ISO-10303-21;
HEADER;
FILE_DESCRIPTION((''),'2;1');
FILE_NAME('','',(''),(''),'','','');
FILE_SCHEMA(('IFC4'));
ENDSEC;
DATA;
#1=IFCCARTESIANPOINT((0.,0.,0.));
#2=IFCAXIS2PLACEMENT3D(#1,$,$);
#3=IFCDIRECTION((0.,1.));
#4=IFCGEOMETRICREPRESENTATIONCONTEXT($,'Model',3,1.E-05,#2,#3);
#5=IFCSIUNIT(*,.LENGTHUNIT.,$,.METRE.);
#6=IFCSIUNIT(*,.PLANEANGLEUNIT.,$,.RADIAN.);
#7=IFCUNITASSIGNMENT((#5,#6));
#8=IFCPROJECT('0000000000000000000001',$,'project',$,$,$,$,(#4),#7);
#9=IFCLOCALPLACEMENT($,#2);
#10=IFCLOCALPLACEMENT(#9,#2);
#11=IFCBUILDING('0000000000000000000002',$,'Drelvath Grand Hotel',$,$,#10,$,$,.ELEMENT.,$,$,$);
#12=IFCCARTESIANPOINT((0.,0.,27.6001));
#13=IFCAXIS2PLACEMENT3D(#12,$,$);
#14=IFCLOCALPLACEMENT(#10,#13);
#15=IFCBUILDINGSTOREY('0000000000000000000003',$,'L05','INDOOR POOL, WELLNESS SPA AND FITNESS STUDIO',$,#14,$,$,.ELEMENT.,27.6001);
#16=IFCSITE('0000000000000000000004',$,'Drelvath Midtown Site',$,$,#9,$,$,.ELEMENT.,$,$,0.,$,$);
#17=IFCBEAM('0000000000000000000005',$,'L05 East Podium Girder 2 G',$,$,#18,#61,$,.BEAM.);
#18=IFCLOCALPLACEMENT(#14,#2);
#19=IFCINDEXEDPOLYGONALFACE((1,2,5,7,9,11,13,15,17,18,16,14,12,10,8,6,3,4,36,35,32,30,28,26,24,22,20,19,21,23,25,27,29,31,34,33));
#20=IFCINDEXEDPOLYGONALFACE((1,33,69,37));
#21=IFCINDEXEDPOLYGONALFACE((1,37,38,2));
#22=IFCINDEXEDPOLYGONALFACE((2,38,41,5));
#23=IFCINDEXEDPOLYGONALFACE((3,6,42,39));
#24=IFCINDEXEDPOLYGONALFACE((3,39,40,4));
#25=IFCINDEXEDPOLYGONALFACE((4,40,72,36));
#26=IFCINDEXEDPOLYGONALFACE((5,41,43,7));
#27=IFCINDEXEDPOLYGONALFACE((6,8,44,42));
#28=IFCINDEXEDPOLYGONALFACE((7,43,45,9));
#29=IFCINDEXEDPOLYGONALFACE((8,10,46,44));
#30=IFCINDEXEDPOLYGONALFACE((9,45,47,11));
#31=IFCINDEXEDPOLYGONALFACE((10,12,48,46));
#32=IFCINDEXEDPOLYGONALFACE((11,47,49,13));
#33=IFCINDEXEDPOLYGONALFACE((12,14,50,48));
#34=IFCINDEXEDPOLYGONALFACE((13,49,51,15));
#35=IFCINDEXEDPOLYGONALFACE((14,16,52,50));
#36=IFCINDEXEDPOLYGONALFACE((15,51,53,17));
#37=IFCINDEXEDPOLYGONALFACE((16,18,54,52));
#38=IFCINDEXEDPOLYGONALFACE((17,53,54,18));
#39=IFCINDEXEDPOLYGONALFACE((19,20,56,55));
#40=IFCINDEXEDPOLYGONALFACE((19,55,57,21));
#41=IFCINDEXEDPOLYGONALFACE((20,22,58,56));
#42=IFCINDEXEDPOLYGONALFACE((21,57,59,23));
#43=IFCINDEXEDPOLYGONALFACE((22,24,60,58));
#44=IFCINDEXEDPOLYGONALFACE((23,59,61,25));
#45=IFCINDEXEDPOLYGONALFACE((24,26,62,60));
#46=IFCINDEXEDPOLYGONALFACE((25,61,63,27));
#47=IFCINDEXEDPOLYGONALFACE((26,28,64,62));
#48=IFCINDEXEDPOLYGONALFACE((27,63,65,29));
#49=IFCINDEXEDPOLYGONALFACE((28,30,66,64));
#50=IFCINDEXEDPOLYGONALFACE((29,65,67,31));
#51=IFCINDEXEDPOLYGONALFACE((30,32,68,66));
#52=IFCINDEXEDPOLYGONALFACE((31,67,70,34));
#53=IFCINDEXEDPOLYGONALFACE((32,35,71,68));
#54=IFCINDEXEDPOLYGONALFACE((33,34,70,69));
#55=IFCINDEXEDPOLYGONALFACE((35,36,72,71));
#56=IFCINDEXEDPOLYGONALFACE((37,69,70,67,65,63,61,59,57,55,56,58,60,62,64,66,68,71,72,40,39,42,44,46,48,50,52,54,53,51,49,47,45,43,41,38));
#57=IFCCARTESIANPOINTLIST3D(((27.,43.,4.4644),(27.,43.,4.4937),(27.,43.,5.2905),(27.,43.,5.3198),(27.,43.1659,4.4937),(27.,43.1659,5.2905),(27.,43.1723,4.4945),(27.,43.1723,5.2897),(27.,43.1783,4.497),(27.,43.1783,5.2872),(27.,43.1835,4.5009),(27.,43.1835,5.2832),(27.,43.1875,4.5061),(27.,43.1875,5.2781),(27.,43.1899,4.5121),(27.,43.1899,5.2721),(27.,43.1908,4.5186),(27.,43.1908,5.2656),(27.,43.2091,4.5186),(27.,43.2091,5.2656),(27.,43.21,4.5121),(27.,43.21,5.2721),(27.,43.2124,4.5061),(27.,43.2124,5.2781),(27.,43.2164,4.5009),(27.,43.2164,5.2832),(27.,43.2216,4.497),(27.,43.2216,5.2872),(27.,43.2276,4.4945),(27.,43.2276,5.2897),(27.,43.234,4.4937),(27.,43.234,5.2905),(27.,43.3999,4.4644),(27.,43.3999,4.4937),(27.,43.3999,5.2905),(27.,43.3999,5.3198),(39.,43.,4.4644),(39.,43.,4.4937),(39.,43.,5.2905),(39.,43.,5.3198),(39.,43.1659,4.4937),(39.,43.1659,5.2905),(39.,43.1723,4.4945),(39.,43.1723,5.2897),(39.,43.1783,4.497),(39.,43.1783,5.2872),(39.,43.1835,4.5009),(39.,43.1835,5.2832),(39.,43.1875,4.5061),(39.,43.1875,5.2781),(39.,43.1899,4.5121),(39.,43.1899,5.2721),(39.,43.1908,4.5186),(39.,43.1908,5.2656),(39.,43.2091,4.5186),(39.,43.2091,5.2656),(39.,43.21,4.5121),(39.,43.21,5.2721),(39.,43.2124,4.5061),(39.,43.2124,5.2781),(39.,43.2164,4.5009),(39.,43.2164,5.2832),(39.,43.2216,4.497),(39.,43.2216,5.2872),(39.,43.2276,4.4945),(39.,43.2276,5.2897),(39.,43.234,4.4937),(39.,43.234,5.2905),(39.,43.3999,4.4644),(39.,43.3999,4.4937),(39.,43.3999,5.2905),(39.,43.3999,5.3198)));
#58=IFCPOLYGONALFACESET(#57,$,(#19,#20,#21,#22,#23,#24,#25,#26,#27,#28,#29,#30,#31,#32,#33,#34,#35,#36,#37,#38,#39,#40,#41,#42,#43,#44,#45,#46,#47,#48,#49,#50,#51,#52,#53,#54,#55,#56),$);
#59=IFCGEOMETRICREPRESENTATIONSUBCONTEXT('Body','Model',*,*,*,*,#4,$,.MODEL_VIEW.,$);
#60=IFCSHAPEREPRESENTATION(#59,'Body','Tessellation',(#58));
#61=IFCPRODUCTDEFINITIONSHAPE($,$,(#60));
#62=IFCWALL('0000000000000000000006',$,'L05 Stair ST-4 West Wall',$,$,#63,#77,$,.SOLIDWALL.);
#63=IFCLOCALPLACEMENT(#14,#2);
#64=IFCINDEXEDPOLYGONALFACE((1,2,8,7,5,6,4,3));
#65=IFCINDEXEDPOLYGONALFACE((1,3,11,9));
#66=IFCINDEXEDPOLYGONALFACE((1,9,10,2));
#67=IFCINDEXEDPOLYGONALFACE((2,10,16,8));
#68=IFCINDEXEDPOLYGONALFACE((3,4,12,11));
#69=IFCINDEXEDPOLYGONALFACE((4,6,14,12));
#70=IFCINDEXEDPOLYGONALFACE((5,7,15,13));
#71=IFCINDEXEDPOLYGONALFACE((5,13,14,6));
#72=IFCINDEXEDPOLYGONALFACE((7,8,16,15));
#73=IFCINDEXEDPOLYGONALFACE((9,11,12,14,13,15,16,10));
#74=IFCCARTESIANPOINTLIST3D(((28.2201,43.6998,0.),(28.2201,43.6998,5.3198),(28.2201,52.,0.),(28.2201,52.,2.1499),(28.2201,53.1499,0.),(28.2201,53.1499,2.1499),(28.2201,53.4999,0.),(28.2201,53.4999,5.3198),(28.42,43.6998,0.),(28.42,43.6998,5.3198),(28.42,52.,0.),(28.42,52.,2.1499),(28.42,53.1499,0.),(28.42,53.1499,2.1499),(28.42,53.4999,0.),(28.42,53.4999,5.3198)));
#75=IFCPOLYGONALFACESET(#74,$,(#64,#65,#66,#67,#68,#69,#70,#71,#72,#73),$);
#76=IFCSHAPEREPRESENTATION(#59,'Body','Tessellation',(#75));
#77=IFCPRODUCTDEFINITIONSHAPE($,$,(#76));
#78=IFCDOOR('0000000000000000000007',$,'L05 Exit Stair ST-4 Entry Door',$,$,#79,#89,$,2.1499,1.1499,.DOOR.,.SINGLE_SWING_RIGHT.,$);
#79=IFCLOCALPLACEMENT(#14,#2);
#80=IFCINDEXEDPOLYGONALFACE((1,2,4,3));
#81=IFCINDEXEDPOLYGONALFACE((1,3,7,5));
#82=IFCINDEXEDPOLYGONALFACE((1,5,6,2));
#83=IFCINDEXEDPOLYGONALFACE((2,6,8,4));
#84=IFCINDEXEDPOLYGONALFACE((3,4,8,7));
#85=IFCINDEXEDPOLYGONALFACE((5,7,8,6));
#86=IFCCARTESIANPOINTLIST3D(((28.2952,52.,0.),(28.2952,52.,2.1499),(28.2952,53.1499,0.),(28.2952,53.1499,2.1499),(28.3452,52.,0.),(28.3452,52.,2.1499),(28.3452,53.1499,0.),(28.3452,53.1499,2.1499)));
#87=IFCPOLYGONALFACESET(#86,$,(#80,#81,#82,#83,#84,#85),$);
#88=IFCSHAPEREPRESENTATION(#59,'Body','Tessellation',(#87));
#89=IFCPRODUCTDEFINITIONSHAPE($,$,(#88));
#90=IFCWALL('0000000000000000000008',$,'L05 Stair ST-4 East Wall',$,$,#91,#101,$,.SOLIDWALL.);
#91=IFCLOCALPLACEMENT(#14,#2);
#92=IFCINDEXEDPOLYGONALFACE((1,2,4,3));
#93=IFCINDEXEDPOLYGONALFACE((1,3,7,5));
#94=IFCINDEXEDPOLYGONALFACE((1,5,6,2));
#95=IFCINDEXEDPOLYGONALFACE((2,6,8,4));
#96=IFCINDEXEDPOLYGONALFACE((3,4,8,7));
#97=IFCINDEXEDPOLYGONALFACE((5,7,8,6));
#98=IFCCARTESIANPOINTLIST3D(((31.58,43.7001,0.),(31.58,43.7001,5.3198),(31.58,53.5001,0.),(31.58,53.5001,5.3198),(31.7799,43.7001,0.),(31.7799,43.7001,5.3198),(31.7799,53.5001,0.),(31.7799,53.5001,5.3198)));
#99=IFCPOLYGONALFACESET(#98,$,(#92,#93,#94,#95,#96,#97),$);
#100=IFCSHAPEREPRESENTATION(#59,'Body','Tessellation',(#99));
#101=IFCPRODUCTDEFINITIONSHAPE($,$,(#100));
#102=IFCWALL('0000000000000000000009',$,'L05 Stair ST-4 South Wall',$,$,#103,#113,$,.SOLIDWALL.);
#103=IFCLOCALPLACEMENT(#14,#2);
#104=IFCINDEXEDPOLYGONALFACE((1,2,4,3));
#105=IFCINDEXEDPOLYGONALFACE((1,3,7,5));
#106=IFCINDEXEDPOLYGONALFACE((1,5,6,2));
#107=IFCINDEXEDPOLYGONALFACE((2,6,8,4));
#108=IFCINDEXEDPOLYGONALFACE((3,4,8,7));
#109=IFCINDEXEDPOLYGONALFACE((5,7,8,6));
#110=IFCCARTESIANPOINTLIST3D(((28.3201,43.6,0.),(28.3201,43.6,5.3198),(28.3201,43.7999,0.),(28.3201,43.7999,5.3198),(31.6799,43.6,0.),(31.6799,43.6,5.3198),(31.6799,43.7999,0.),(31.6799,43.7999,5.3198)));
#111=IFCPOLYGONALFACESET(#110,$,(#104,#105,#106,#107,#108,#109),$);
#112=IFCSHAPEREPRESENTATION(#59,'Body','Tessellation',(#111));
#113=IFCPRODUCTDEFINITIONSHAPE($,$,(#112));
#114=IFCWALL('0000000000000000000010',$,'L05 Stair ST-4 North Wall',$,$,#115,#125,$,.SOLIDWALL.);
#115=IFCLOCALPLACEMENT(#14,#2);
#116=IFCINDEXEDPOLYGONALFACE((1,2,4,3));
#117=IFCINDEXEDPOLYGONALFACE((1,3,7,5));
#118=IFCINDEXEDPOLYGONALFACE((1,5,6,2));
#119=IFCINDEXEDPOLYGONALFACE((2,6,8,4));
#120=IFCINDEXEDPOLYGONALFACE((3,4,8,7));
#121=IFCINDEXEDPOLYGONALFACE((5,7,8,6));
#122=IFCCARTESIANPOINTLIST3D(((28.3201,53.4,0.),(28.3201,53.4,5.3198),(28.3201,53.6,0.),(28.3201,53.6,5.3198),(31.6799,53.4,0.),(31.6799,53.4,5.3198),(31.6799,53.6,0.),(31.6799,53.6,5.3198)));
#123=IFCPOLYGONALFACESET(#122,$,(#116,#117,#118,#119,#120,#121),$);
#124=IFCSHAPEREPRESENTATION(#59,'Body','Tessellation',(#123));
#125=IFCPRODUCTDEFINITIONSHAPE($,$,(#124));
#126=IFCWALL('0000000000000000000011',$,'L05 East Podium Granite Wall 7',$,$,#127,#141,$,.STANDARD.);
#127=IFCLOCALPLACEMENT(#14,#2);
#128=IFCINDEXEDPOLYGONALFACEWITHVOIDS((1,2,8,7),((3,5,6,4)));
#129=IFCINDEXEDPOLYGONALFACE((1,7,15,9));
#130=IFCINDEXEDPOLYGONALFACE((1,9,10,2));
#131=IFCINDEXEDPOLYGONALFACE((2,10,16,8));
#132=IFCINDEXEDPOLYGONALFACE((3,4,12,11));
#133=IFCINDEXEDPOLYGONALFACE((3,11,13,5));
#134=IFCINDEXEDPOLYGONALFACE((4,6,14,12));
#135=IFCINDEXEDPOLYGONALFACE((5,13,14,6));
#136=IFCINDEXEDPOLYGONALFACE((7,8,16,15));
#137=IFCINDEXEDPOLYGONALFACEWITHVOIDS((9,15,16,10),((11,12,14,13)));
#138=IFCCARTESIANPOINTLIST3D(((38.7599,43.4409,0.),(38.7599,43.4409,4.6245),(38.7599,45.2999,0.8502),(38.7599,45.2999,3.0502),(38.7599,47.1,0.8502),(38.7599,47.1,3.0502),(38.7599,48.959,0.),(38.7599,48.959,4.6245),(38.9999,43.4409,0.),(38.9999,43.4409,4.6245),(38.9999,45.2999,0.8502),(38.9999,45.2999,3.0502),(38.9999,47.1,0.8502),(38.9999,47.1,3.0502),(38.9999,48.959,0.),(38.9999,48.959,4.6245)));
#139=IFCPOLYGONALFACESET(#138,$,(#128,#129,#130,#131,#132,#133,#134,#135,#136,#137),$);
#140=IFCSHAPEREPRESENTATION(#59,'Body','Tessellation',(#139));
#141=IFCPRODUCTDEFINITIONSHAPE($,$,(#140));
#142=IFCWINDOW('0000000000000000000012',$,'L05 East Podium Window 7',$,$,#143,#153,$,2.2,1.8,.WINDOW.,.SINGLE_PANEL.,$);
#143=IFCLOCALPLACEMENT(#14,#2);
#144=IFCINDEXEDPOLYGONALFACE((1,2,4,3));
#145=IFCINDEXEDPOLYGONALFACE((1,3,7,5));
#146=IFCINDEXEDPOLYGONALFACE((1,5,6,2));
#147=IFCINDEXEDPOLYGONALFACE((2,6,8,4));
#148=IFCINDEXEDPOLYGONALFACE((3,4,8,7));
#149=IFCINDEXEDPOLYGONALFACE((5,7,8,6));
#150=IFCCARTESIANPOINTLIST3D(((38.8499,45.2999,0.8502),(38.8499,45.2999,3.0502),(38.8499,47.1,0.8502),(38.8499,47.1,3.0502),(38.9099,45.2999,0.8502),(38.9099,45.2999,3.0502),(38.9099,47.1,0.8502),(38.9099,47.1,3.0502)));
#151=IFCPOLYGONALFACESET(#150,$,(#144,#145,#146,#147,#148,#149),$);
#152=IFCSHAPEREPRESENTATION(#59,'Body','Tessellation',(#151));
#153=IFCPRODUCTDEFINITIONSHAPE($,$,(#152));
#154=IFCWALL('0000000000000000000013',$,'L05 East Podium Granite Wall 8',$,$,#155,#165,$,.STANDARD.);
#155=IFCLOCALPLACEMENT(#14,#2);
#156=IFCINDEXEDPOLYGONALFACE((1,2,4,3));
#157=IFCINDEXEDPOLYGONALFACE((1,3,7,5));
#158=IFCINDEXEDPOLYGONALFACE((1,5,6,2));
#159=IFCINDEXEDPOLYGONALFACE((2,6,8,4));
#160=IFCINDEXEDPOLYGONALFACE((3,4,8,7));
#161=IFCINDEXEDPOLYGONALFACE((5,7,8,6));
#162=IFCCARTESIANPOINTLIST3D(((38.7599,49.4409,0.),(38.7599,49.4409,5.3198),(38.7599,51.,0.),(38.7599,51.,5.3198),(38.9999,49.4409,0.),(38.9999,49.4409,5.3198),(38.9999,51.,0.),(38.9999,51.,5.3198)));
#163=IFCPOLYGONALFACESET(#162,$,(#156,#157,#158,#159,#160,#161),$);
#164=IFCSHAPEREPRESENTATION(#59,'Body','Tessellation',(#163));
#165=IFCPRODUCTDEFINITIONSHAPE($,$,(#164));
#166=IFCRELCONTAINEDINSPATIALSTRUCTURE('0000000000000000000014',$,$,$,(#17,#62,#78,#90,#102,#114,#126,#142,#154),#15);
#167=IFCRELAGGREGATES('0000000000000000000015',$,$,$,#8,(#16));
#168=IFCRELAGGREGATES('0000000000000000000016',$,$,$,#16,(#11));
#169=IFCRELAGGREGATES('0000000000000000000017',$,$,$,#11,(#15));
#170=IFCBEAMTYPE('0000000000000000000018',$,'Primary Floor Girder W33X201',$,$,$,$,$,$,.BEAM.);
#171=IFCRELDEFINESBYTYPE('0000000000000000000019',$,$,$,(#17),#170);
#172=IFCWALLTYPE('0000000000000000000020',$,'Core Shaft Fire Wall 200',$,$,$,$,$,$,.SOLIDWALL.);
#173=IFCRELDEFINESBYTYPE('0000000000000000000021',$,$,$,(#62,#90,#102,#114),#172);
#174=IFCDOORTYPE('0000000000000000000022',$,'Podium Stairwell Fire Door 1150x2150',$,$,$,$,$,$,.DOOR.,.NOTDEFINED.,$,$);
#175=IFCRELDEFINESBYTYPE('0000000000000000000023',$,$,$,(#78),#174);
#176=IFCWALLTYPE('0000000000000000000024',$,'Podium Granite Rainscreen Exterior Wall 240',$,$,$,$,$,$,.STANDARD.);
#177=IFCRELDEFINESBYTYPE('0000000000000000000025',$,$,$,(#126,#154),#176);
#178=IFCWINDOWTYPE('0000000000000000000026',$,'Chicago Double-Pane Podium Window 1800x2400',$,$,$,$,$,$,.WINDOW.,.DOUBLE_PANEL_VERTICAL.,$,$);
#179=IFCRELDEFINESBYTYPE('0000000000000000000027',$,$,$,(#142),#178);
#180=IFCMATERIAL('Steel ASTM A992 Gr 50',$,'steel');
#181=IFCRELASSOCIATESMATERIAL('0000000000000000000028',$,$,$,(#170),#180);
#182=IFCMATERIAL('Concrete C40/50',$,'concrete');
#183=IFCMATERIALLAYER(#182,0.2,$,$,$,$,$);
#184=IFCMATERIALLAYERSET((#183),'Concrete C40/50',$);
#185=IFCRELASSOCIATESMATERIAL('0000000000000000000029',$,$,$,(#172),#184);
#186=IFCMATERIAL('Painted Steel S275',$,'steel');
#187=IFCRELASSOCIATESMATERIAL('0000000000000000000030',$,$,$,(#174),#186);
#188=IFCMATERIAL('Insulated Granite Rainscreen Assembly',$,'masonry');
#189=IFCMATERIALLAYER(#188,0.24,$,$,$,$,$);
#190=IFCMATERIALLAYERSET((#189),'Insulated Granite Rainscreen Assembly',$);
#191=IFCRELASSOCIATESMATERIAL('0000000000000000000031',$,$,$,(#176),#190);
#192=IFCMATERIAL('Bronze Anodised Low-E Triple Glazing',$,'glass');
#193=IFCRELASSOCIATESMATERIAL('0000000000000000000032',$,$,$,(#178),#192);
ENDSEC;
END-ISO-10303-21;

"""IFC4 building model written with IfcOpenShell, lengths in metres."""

from ifc_helpers import new_model, si_unit, direction, frame, frame_2d, origin, origin_2d, place, context, subcontext, project, spatial, rectangle, i_section, extrude, material, layer, layer_set, material_profile, profile_set, type_object, element, fill, save


model = new_model("IFC4")

# Units and contexts
model_context = context("Model", 3, precision=1e-05, world=origin(), true_north=direction((0.0, 1.0)))
body_context = subcontext(model_context, "Body", "Model", "MODEL_VIEW")
ifc_project = project(units=[si_unit("LENGTHUNIT", "METRE"), si_unit("PLANEANGLEUNIT", "RADIAN")], contexts=[model_context])

# Site, building, storey
site_placement = place(None, origin())
site = spatial("IfcSite", under=ifc_project, at=site_placement, Name="Drelvath Midtown Site", CompositionType="ELEMENT", RefElevation=0.0)
building_placement = place(site_placement, origin())
building = spatial("IfcBuilding", under=site, at=building_placement, Name="Drelvath Grand Hotel", CompositionType="ELEMENT")
storey_placement = place(building_placement, frame((0.0, 0.0, 27.6001)))
storey = spatial("IfcBuildingStorey", under=building, at=storey_placement, Name="L05", Description="INDOOR POOL, WELLNESS SPA AND FITNESS STUDIO", CompositionType="ELEMENT", Elevation=27.6001)

# Beam
ifc_material_1 = material(Name="Steel ASTM A992 Gr 50", Category="steel")
ifc_material_profile_1 = material_profile(ifc_material_1, i_section(OverallWidth=0.3999, OverallDepth=0.8555, WebThickness=0.0183, FlangeThickness=0.0293, FilletRadius=0.0249, at=origin_2d()), Name="W33X201")
ifc_profile_set_1 = profile_set([ifc_material_profile_1], Name="Steel ASTM A992 Gr 50")
beam_type_1 = type_object("IfcBeamType", Name="Primary Floor Girder W33X201", PredefinedType="BEAM", material=ifc_profile_set_1)
beam_1_placement = place(storey_placement, frame((27.0, 43.2, 4.8921), z_axis=(1.0, 0.0, 0.0), x_axis=(0.0, 1.0, 0.0)))
element("IfcBeam", 1, at=beam_1_placement, inside=storey, type_object=beam_type_1, Name="L05 East Podium Girder 2 G", PredefinedType="BEAM", context=body_context, shape_type="SweptSolid", body=[
    extrude(i_section(OverallWidth=0.3999, OverallDepth=0.8555, WebThickness=0.0183, FlangeThickness=0.0293, FilletRadius=0.0249, at=origin_2d()), origin(), (0.0, 0.0, 1.0), 12.0),
])

# Wall, opening, door
ifc_material_2 = material(Name="Concrete C40/50", Category="concrete")
ifc_layer_1 = layer(ifc_material_2, 0.2)
ifc_layer_set_1 = layer_set([ifc_layer_1], Name="Concrete C40/50")
wall_type_1 = type_object("IfcWallType", Name="Core Shaft Fire Wall 200", PredefinedType="SOLIDWALL", material=ifc_layer_set_1)
wall_1_placement = place(storey_placement, frame((28.3201, 43.7, 0.0), z_axis=(0.0, 0.0, 1.0), x_axis=(0.0, 1.0, 0.0)))
wall_1 = element("IfcWall", 2, at=wall_1_placement, inside=storey, type_object=wall_type_1, Name="L05 Stair ST-4 West Wall", PredefinedType="SOLIDWALL", context=body_context, shape_type="SweptSolid", body=[
    extrude(rectangle(XDim=9.8, YDim=0.2, at=frame_2d((4.8999, 0.0))), origin(), (0.0, 0.0, 1.0), 5.3198),
])
opening_1_placement = place(wall_1_placement, frame((8.3, 0.0, 0.0)))
opening_1 = element("IfcOpeningElement", 3, at=opening_1_placement, cuts=wall_1, PredefinedType="OPENING", context=body_context, shape_type="SweptSolid", body=[
    extrude(rectangle(XDim=1.1499, YDim=2.1499, at=frame_2d((0.575, 1.075))), frame((0.0, 0.1099, 0.0), z_axis=(0.0, -1.0, 0.0), x_axis=(1.0, 0.0, 0.0)), (0.0, 0.0, 1.0), 0.22),
])
ifc_material_3 = material(Name="Painted Steel S275", Category="steel")
door_type = type_object("IfcDoorType", Name="Podium Stairwell Fire Door 1150x2150", OperationType="NOTDEFINED", PredefinedType="DOOR", material=ifc_material_3)
door_placement = place(opening_1_placement, origin())
door = element("IfcDoor", 4, at=door_placement, inside=storey, type_object=door_type, Name="L05 Exit Stair ST-4 Entry Door", OperationType="SINGLE_SWING_RIGHT", OverallHeight=2.1499, OverallWidth=1.1499, PredefinedType="DOOR", context=body_context, shape_type="SweptSolid", body=[
    extrude(rectangle(XDim=1.1499, YDim=2.1499, at=frame_2d((0.575, 1.075))), frame((0.0, 0.0249, 0.0), z_axis=(0.0, -1.0, 0.0), x_axis=(1.0, 0.0, 0.0)), (0.0, 0.0, 1.0), 0.05),
])
fill(opening_1, door)

# Walls
wall_2_placement = place(storey_placement, frame((31.6799, 53.5, 0.0), z_axis=(0.0, 0.0, 1.0), x_axis=(0.0, -1.0, 0.0)))
element("IfcWall", 5, at=wall_2_placement, inside=storey, type_object=wall_type_1, Name="L05 Stair ST-4 East Wall", PredefinedType="SOLIDWALL", context=body_context, shape_type="SweptSolid", body=[
    extrude(rectangle(XDim=9.8, YDim=0.2, at=frame_2d((4.8999, 0.0))), origin(), (0.0, 0.0, 1.0), 5.3198),
])
for number, where, z_axis, x_axis, name in (
    (6, (28.3201, 43.7, 0.0), (0.0, 0.0, 1.0), (1.0, 0.0, 0.0), "L05 Stair ST-4 South Wall"),
    (7, (31.6799, 53.5, 0.0), (0.0, 0.0, 1.0), (-1.0, 0.0, 0.0), "L05 Stair ST-4 North Wall"),
):
    element("IfcWall", number, at=place(storey_placement, frame(where, z_axis=z_axis, x_axis=x_axis)), inside=storey, type_object=wall_type_1, Name=name, PredefinedType="SOLIDWALL", context=body_context, shape_type="SweptSolid", body=[
        extrude(rectangle(XDim=3.3599, YDim=0.2, at=frame_2d((1.6799, 0.0))), origin(), (0.0, 0.0, 1.0), 5.3198),
    ])

# Wall, opening, window
ifc_material_4 = material(Name="Insulated Granite Rainscreen Assembly", Category="masonry")
ifc_layer_2 = layer(ifc_material_4, 0.24)
ifc_layer_set_2 = layer_set([ifc_layer_2], Name="Insulated Granite Rainscreen Assembly")
wall_type_2 = type_object("IfcWallType", Name="Podium Granite Rainscreen Exterior Wall 240", PredefinedType="STANDARD", material=ifc_layer_set_2)
wall_3_placement = place(storey_placement, frame((38.8799, 48.959, 0.0), z_axis=(0.0, 0.0, 1.0), x_axis=(0.0, -1.0, 0.0)))
wall_3 = element("IfcWall", 8, at=wall_3_placement, inside=storey, type_object=wall_type_2, Name="L05 East Podium Granite Wall 7", PredefinedType="STANDARD", context=body_context, shape_type="SweptSolid", body=[
    extrude(rectangle(XDim=5.5181, YDim=0.24, at=frame_2d((2.759, 0.0))), origin(), (0.0, 0.0, 1.0), 4.6245),
])
opening_2_placement = place(wall_3_placement, frame((1.8591, 0.0, 0.8501)))
opening_2 = element("IfcOpeningElement", 9, at=opening_2_placement, cuts=wall_3, PredefinedType="OPENING", context=body_context, shape_type="SweptSolid", body=[
    extrude(rectangle(XDim=1.8, YDim=2.2, at=frame_2d((0.8999, 1.1001))), frame((0.0, 0.1299, 0.0), z_axis=(0.0, -1.0, 0.0), x_axis=(1.0, 0.0, 0.0)), (0.0, 0.0, 1.0), 0.26),
])
ifc_material_5 = material(Name="Bronze Anodised Low-E Triple Glazing", Category="glass")
window_type_1 = type_object("IfcWindowType", Name="Chicago Double-Pane Podium Window 1800x2400", PartitioningType="DOUBLE_PANEL_VERTICAL", PredefinedType="WINDOW", material=ifc_material_5)
window_1_placement = place(opening_2_placement, origin())
window_1 = element("IfcWindow", 10, at=window_1_placement, inside=storey, type_object=window_type_1, Name="L05 East Podium Window 7", OverallHeight=2.2, OverallWidth=1.8, PartitioningType="SINGLE_PANEL", PredefinedType="WINDOW", context=body_context, shape_type="SweptSolid", body=[
    extrude(rectangle(XDim=1.8, YDim=2.2, at=frame_2d((0.8999, 1.1001))), frame((0.0, 0.03, 0.0), z_axis=(0.0, -1.0, 0.0), x_axis=(1.0, 0.0, 0.0)), (0.0, 0.0, 1.0), 0.0601),
])
fill(opening_2, window_1)

# Wall
wall_4_placement = place(storey_placement, frame((38.8799, 51.0, 0.0), z_axis=(0.0, 0.0, 1.0), x_axis=(0.0, -1.0, 0.0)))
element("IfcWall", 11, at=wall_4_placement, inside=storey, type_object=wall_type_2, Name="L05 East Podium Granite Wall 8", PredefinedType="STANDARD", context=body_context, shape_type="SweptSolid", body=[
    extrude(rectangle(XDim=1.5591, YDim=0.24, at=frame_2d((0.7795, 0.0))), origin(), (0.0, 0.0, 1.0), 5.3198),
])

save(model, "model.ifc")
